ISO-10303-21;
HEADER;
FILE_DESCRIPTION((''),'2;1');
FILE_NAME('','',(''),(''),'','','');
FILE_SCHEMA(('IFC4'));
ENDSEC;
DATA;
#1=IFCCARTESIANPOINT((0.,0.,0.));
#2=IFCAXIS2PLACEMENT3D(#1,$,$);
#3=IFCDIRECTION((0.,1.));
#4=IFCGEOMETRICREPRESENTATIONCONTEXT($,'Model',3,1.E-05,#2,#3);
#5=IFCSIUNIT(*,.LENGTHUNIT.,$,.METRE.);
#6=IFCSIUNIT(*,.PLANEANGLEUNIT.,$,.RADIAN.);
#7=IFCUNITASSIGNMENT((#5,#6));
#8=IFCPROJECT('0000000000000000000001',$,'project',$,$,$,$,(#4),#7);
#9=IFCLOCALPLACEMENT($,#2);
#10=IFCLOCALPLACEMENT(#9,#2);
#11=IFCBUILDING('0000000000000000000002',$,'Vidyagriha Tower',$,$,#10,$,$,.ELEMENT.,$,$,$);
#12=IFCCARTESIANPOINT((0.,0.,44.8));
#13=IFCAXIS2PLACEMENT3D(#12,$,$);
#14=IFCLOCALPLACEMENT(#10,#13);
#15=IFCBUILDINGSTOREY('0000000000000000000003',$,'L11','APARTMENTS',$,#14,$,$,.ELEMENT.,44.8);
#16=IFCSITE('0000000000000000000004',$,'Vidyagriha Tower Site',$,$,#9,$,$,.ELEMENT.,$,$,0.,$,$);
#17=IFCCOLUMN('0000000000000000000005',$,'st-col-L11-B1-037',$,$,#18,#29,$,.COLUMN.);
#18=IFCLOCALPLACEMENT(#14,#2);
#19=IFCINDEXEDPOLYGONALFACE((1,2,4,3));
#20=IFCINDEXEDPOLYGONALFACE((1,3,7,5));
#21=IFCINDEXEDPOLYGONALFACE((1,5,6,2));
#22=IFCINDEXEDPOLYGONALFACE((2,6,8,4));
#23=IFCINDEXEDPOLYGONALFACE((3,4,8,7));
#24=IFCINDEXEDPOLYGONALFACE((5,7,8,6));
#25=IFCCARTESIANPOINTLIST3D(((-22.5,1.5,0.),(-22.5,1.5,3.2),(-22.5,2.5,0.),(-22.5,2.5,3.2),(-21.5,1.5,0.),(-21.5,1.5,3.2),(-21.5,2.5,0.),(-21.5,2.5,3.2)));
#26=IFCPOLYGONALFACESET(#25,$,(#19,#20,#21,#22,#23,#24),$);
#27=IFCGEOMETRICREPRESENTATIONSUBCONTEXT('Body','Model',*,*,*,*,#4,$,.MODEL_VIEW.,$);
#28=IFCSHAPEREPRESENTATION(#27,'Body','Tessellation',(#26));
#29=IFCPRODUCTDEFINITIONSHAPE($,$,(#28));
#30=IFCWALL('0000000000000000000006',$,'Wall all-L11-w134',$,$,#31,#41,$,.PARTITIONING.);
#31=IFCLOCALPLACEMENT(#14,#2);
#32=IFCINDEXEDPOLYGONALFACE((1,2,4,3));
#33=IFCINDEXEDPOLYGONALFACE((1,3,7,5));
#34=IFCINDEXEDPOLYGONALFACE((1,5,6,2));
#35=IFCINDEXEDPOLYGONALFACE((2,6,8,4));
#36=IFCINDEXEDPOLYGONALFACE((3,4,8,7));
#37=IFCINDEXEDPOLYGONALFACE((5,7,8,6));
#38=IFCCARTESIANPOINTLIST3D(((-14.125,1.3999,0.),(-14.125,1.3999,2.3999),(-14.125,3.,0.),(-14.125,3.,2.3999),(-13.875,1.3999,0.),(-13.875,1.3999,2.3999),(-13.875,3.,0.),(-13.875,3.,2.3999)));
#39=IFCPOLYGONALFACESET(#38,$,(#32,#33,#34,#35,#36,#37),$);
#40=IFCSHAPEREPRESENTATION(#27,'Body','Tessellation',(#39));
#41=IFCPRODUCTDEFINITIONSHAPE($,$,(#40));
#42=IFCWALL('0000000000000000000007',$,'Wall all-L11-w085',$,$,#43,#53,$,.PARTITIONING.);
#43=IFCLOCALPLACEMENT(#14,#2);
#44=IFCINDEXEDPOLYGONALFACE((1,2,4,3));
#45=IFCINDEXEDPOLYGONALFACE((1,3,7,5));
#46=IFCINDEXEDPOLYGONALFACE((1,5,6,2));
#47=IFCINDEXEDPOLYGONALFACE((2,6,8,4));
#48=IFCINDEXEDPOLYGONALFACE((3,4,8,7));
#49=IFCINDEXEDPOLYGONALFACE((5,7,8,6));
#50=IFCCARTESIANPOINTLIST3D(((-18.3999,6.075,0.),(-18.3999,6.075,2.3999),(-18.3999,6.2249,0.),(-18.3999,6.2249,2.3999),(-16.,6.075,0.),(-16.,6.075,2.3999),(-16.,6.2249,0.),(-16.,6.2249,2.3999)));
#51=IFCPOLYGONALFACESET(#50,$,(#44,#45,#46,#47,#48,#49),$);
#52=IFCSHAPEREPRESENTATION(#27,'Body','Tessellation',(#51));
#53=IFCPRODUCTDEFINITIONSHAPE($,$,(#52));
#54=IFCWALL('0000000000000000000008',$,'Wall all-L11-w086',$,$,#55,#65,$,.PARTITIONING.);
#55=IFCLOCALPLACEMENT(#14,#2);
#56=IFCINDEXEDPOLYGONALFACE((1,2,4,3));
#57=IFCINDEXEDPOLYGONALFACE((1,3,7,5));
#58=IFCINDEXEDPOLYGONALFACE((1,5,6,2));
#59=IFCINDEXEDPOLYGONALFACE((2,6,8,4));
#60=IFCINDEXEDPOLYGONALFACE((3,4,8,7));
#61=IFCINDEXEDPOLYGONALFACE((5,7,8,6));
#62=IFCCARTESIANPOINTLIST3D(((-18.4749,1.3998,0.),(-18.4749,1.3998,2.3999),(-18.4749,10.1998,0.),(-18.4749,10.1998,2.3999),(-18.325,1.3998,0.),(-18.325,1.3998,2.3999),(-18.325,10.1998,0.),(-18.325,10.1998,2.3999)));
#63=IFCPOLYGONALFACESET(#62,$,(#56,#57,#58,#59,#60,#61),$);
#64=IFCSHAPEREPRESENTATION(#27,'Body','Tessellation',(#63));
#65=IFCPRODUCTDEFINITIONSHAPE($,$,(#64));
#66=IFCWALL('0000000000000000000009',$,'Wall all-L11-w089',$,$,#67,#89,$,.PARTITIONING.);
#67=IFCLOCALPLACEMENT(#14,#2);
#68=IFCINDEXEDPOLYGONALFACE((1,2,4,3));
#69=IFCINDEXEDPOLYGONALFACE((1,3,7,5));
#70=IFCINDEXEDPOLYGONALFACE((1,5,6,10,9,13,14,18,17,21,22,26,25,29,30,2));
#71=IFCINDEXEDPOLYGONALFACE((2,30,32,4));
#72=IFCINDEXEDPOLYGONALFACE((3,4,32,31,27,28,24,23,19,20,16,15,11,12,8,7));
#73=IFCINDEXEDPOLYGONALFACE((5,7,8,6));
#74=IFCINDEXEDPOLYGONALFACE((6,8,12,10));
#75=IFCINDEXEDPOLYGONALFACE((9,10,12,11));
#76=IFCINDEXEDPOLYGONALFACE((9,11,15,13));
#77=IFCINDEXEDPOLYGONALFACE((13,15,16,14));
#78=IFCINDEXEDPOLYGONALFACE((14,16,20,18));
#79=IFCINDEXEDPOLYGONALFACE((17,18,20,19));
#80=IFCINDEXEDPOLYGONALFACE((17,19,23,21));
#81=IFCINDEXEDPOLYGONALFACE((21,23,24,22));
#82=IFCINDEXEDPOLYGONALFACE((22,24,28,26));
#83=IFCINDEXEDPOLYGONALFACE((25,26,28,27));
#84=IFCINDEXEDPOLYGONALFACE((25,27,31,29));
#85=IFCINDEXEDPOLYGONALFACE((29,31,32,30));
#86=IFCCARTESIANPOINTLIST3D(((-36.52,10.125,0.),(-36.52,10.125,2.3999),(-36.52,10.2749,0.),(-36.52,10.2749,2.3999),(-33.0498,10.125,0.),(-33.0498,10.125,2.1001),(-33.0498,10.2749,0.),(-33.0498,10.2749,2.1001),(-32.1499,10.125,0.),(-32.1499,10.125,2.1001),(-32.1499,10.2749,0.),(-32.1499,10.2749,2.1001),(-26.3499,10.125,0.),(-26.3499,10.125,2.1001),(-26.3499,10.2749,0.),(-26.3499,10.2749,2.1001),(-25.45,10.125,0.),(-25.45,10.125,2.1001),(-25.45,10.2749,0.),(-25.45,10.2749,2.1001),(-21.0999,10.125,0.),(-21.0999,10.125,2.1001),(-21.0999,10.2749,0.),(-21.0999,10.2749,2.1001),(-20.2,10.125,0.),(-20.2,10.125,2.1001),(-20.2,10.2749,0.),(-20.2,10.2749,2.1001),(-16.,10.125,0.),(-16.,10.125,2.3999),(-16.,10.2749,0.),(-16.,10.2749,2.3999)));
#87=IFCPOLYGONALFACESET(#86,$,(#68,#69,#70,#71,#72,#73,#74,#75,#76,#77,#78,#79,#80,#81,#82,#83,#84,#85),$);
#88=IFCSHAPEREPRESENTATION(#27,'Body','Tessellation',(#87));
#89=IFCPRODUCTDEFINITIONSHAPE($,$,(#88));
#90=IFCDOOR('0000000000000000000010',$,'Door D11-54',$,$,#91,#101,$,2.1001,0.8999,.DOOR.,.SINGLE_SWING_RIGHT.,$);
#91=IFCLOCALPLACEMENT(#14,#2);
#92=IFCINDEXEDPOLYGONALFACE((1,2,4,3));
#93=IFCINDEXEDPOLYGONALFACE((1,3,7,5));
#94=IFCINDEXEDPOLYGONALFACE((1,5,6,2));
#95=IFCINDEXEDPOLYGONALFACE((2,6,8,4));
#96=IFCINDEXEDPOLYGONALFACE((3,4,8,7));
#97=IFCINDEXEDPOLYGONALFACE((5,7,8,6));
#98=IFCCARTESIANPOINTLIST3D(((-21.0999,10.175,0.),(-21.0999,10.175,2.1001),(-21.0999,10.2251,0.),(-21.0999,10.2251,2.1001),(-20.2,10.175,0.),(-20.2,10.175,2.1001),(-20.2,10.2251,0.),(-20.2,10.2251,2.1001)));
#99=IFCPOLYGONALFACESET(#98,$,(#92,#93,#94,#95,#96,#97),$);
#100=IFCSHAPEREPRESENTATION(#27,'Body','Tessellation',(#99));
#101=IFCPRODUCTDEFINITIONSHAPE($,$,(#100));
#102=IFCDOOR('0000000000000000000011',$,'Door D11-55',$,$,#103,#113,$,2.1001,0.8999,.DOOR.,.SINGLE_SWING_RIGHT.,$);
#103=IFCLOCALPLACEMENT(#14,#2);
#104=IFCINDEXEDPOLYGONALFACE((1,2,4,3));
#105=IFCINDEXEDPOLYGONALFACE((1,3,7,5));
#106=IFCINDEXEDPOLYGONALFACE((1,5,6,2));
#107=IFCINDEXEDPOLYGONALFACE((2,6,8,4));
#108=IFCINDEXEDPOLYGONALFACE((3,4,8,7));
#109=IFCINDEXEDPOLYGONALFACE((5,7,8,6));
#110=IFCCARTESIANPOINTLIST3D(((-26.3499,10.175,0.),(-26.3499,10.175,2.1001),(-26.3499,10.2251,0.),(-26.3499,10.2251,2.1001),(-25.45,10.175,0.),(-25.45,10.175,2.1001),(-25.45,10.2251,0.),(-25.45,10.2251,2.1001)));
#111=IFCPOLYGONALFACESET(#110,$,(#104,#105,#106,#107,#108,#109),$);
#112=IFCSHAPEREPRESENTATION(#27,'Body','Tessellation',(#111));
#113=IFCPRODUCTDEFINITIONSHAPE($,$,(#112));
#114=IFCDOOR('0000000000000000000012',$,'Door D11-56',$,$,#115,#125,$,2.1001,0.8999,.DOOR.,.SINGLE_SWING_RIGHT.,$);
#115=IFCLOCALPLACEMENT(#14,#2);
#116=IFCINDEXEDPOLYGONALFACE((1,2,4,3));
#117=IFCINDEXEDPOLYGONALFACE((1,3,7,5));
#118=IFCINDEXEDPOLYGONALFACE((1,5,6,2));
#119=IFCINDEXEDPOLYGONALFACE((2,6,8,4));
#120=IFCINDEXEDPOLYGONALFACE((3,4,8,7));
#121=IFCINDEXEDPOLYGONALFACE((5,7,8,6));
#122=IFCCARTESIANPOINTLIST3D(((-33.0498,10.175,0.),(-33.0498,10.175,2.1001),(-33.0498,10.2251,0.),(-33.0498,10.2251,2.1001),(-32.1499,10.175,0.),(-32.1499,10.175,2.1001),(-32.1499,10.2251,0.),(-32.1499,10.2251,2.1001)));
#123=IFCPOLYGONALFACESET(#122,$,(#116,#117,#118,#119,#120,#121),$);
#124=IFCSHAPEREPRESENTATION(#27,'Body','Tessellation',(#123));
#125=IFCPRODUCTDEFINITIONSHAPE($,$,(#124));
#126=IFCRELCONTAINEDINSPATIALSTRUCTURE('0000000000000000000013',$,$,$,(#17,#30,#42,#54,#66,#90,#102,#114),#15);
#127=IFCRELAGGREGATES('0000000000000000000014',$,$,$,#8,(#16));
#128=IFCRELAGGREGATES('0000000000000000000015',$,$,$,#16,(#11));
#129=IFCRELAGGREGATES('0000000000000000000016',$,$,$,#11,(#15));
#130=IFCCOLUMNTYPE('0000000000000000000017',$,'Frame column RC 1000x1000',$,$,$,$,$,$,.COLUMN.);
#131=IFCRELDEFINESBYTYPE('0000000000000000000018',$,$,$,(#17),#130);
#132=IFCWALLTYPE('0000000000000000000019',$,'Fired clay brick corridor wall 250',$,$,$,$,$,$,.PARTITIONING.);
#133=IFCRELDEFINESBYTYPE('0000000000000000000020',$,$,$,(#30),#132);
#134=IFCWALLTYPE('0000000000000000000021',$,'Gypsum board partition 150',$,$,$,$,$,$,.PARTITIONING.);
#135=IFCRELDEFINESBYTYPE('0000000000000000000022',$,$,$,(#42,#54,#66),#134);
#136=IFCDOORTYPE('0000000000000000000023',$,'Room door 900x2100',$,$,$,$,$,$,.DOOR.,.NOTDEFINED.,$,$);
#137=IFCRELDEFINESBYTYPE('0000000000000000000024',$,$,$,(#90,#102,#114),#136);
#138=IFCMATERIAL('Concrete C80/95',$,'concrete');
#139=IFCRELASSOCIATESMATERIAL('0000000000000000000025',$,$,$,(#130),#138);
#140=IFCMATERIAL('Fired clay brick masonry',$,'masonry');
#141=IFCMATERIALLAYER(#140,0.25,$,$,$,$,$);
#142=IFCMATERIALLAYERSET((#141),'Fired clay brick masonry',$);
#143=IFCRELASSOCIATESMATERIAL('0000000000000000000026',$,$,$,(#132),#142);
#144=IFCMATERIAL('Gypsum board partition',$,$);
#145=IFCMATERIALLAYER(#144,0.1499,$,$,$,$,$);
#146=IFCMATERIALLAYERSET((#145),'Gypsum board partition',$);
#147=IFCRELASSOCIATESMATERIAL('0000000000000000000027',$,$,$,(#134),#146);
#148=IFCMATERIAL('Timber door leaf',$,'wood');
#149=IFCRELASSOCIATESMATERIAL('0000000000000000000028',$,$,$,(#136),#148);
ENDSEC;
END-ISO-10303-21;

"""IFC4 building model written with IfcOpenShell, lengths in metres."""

from ifc_helpers import new_model, si_unit, direction, frame, frame_2d, origin, origin_2d, place, context, subcontext, project, spatial, rectangle, extrude, material, layer, layer_set, material_profile, profile_set, type_object, element, fill, save


model = new_model("IFC4")

# Units and contexts
model_context = context("Model", 3, precision=1e-05, world=origin(), true_north=direction((0.0, 1.0)))
body_context = subcontext(model_context, "Body", "Model", "MODEL_VIEW")
ifc_project = project(units=[si_unit("LENGTHUNIT", "METRE"), si_unit("PLANEANGLEUNIT", "RADIAN")], contexts=[model_context])

# Site, building, storey
site_placement = place(None, origin())
site = spatial("IfcSite", under=ifc_project, at=site_placement, Name="Vidyagriha Tower Site", CompositionType="ELEMENT", RefElevation=0.0)
building_placement = place(site_placement, origin())
building = spatial("IfcBuilding", under=site, at=building_placement, Name="Vidyagriha Tower", CompositionType="ELEMENT")
storey_placement = place(building_placement, frame((0.0, 0.0, 44.8)))
storey = spatial("IfcBuildingStorey", under=building, at=storey_placement, Name="L11", Description="APARTMENTS", CompositionType="ELEMENT", Elevation=44.8)

# Column
ifc_material_1 = material(Name="Concrete C80/95", Category="concrete")
ifc_material_profile = material_profile(ifc_material_1, rectangle(XDim=1.0, YDim=1.0, at=origin_2d()), Name="RC 1000x1000")
ifc_profile_set = profile_set([ifc_material_profile], Name="Concrete C80/95")
column_type = type_object("IfcColumnType", Name="Frame column RC 1000x1000", PredefinedType="COLUMN", material=ifc_profile_set)
column_placement = place(storey_placement, frame((-22.0, 2.0, 0.0)))
element("IfcColumn", 1, at=column_placement, inside=storey, type_object=column_type, Name="st-col-L11-B1-037", PredefinedType="COLUMN", context=body_context, shape_type="SweptSolid", body=[
    extrude(rectangle(XDim=1.0, YDim=1.0, at=origin_2d()), origin(), (0.0, 0.0, 1.0), 3.2),
])

# Walls
ifc_material_2 = material(Name="Fired clay brick masonry", Category="masonry")
ifc_layer_1 = layer(ifc_material_2, 0.25)
ifc_layer_set_1 = layer_set([ifc_layer_1], Name="Fired clay brick masonry")
wall_type_1 = type_object("IfcWallType", Name="Fired clay brick corridor wall 250", PredefinedType="PARTITIONING", material=ifc_layer_set_1)
wall_1_placement = place(storey_placement, frame((-14.0, 3.0, 0.0), z_axis=(0.0, 0.0, 1.0), x_axis=(0.0, -1.0, 0.0)))
element("IfcWall", 2, at=wall_1_placement, inside=storey, type_object=wall_type_1, Name="Wall all-L11-w134", PredefinedType="PARTITIONING", context=body_context, shape_type="SweptSolid", body=[
    extrude(rectangle(XDim=1.6001, YDim=0.25, at=frame_2d((0.8, 0.0))), origin(), (0.0, 0.0, 1.0), 2.3999),
])
ifc_material_3 = material(Name="Gypsum board partition")
ifc_layer_2 = layer(ifc_material_3, 0.1499)
ifc_layer_set_2 = layer_set([ifc_layer_2], Name="Gypsum board partition")
wall_type_2 = type_object("IfcWallType", Name="Gypsum board partition 150", PredefinedType="PARTITIONING", material=ifc_layer_set_2)
wall_2_placement = place(storey_placement, frame((-18.3999, 6.1499, 0.0)))
element("IfcWall", 3, at=wall_2_placement, inside=storey, type_object=wall_type_2, Name="Wall all-L11-w085", PredefinedType="PARTITIONING", context=body_context, shape_type="SweptSolid", body=[
    extrude(rectangle(XDim=2.3999, YDim=0.1499, at=frame_2d((1.2, 0.0))), origin(), (0.0, 0.0, 1.0), 2.3999),
])
wall_3_placement = place(storey_placement, frame((-18.3999, 1.3999, 0.0), z_axis=(0.0, 0.0, 1.0), x_axis=(0.0, 1.0, 0.0)))
element("IfcWall", 4, at=wall_3_placement, inside=storey, type_object=wall_type_2, Name="Wall all-L11-w086", PredefinedType="PARTITIONING", context=body_context, shape_type="SweptSolid", body=[
    extrude(rectangle(XDim=8.8, YDim=0.1499, at=frame_2d((4.3999, 0.0))), origin(), (0.0, 0.0, 1.0), 2.3999),
])

# Wall, openings, doors
wall_4_placement = place(storey_placement, frame((-16.0, 10.2, 0.0), z_axis=(0.0, 0.0, 1.0), x_axis=(-1.0, 0.0, 0.0)))
wall_4 = element("IfcWall", 5, at=wall_4_placement, inside=storey, type_object=wall_type_2, Name="Wall all-L11-w089", PredefinedType="PARTITIONING", context=body_context, shape_type="SweptSolid", body=[
    extrude(rectangle(XDim=20.52, YDim=0.1499, at=frame_2d((10.26, 0.0))), origin(), (0.0, 0.0, 1.0), 2.3999),
])
opening_1_placement = place(wall_4_placement, frame((4.2, 0.0, 0.0)))
opening_1 = element("IfcOpeningElement", 6, at=opening_1_placement, cuts=wall_4, PredefinedType="OPENING", context=body_context, shape_type="SweptSolid", body=[
    extrude(rectangle(XDim=0.8999, YDim=2.1001, at=frame_2d((0.45, 1.05))), frame((0.0, 0.085, 0.0), z_axis=(0.0, -1.0, 0.0), x_axis=(1.0, 0.0, 0.0)), (0.0, 0.0, 1.0), 0.1699),
])
opening_2_placement = place(wall_4_placement, frame((9.45, 0.0, 0.0)))
opening_2 = element("IfcOpeningElement", 7, at=opening_2_placement, cuts=wall_4, PredefinedType="OPENING", context=body_context, shape_type="SweptSolid", body=[
    extrude(rectangle(XDim=0.8999, YDim=2.1001, at=frame_2d((0.45, 1.05))), frame((0.0, 0.085, 0.0), z_axis=(0.0, -1.0, 0.0), x_axis=(1.0, 0.0, 0.0)), (0.0, 0.0, 1.0), 0.1699),
])
opening_3_placement = place(wall_4_placement, frame((16.1499, 0.0, 0.0)))
opening_3 = element("IfcOpeningElement", 8, at=opening_3_placement, cuts=wall_4, PredefinedType="OPENING", context=body_context, shape_type="SweptSolid", body=[
    extrude(rectangle(XDim=0.8999, YDim=2.1001, at=frame_2d((0.45, 1.05))), frame((0.0, 0.085, 0.0), z_axis=(0.0, -1.0, 0.0), x_axis=(1.0, 0.0, 0.0)), (0.0, 0.0, 1.0), 0.1699),
])
ifc_material_4 = material(Name="Timber door leaf", Category="wood")
door_type_1 = type_object("IfcDoorType", Name="Room door 900x2100", OperationType="NOTDEFINED", PredefinedType="DOOR", material=ifc_material_4)
door_1_placement = place(opening_1_placement, origin())
door_1 = element("IfcDoor", 9, at=door_1_placement, inside=storey, type_object=door_type_1, Name="Door D11-54", OperationType="SINGLE_SWING_RIGHT", OverallHeight=2.1001, OverallWidth=0.8999, PredefinedType="DOOR", context=body_context, shape_type="SweptSolid", body=[
    extrude(rectangle(XDim=0.8999, YDim=2.1001, at=frame_2d((0.45, 1.05))), frame((0.0, 0.0249, 0.0), z_axis=(0.0, -1.0, 0.0), x_axis=(1.0, 0.0, 0.0)), (0.0, 0.0, 1.0), 0.05),
])
fill(opening_1, door_1)
door_2_placement = place(opening_2_placement, origin())
door_2 = element("IfcDoor", 10, at=door_2_placement, inside=storey, type_object=door_type_1, Name="Door D11-55", OperationType="SINGLE_SWING_RIGHT", OverallHeight=2.1001, OverallWidth=0.8999, PredefinedType="DOOR", context=body_context, shape_type="SweptSolid", body=[
    extrude(rectangle(XDim=0.8999, YDim=2.1001, at=frame_2d((0.45, 1.05))), frame((0.0, 0.0249, 0.0), z_axis=(0.0, -1.0, 0.0), x_axis=(1.0, 0.0, 0.0)), (0.0, 0.0, 1.0), 0.05),
])
fill(opening_2, door_2)
door_3_placement = place(opening_3_placement, origin())
door_3 = element("IfcDoor", 11, at=door_3_placement, inside=storey, type_object=door_type_1, Name="Door D11-56", OperationType="SINGLE_SWING_RIGHT", OverallHeight=2.1001, OverallWidth=0.8999, PredefinedType="DOOR", context=body_context, shape_type="SweptSolid", body=[
    extrude(rectangle(XDim=0.8999, YDim=2.1001, at=frame_2d((0.45, 1.05))), frame((0.0, 0.0249, 0.0), z_axis=(0.0, -1.0, 0.0), x_axis=(1.0, 0.0, 0.0)), (0.0, 0.0, 1.0), 0.05),
])
fill(opening_3, door_3)

save(model, "model.ifc")
